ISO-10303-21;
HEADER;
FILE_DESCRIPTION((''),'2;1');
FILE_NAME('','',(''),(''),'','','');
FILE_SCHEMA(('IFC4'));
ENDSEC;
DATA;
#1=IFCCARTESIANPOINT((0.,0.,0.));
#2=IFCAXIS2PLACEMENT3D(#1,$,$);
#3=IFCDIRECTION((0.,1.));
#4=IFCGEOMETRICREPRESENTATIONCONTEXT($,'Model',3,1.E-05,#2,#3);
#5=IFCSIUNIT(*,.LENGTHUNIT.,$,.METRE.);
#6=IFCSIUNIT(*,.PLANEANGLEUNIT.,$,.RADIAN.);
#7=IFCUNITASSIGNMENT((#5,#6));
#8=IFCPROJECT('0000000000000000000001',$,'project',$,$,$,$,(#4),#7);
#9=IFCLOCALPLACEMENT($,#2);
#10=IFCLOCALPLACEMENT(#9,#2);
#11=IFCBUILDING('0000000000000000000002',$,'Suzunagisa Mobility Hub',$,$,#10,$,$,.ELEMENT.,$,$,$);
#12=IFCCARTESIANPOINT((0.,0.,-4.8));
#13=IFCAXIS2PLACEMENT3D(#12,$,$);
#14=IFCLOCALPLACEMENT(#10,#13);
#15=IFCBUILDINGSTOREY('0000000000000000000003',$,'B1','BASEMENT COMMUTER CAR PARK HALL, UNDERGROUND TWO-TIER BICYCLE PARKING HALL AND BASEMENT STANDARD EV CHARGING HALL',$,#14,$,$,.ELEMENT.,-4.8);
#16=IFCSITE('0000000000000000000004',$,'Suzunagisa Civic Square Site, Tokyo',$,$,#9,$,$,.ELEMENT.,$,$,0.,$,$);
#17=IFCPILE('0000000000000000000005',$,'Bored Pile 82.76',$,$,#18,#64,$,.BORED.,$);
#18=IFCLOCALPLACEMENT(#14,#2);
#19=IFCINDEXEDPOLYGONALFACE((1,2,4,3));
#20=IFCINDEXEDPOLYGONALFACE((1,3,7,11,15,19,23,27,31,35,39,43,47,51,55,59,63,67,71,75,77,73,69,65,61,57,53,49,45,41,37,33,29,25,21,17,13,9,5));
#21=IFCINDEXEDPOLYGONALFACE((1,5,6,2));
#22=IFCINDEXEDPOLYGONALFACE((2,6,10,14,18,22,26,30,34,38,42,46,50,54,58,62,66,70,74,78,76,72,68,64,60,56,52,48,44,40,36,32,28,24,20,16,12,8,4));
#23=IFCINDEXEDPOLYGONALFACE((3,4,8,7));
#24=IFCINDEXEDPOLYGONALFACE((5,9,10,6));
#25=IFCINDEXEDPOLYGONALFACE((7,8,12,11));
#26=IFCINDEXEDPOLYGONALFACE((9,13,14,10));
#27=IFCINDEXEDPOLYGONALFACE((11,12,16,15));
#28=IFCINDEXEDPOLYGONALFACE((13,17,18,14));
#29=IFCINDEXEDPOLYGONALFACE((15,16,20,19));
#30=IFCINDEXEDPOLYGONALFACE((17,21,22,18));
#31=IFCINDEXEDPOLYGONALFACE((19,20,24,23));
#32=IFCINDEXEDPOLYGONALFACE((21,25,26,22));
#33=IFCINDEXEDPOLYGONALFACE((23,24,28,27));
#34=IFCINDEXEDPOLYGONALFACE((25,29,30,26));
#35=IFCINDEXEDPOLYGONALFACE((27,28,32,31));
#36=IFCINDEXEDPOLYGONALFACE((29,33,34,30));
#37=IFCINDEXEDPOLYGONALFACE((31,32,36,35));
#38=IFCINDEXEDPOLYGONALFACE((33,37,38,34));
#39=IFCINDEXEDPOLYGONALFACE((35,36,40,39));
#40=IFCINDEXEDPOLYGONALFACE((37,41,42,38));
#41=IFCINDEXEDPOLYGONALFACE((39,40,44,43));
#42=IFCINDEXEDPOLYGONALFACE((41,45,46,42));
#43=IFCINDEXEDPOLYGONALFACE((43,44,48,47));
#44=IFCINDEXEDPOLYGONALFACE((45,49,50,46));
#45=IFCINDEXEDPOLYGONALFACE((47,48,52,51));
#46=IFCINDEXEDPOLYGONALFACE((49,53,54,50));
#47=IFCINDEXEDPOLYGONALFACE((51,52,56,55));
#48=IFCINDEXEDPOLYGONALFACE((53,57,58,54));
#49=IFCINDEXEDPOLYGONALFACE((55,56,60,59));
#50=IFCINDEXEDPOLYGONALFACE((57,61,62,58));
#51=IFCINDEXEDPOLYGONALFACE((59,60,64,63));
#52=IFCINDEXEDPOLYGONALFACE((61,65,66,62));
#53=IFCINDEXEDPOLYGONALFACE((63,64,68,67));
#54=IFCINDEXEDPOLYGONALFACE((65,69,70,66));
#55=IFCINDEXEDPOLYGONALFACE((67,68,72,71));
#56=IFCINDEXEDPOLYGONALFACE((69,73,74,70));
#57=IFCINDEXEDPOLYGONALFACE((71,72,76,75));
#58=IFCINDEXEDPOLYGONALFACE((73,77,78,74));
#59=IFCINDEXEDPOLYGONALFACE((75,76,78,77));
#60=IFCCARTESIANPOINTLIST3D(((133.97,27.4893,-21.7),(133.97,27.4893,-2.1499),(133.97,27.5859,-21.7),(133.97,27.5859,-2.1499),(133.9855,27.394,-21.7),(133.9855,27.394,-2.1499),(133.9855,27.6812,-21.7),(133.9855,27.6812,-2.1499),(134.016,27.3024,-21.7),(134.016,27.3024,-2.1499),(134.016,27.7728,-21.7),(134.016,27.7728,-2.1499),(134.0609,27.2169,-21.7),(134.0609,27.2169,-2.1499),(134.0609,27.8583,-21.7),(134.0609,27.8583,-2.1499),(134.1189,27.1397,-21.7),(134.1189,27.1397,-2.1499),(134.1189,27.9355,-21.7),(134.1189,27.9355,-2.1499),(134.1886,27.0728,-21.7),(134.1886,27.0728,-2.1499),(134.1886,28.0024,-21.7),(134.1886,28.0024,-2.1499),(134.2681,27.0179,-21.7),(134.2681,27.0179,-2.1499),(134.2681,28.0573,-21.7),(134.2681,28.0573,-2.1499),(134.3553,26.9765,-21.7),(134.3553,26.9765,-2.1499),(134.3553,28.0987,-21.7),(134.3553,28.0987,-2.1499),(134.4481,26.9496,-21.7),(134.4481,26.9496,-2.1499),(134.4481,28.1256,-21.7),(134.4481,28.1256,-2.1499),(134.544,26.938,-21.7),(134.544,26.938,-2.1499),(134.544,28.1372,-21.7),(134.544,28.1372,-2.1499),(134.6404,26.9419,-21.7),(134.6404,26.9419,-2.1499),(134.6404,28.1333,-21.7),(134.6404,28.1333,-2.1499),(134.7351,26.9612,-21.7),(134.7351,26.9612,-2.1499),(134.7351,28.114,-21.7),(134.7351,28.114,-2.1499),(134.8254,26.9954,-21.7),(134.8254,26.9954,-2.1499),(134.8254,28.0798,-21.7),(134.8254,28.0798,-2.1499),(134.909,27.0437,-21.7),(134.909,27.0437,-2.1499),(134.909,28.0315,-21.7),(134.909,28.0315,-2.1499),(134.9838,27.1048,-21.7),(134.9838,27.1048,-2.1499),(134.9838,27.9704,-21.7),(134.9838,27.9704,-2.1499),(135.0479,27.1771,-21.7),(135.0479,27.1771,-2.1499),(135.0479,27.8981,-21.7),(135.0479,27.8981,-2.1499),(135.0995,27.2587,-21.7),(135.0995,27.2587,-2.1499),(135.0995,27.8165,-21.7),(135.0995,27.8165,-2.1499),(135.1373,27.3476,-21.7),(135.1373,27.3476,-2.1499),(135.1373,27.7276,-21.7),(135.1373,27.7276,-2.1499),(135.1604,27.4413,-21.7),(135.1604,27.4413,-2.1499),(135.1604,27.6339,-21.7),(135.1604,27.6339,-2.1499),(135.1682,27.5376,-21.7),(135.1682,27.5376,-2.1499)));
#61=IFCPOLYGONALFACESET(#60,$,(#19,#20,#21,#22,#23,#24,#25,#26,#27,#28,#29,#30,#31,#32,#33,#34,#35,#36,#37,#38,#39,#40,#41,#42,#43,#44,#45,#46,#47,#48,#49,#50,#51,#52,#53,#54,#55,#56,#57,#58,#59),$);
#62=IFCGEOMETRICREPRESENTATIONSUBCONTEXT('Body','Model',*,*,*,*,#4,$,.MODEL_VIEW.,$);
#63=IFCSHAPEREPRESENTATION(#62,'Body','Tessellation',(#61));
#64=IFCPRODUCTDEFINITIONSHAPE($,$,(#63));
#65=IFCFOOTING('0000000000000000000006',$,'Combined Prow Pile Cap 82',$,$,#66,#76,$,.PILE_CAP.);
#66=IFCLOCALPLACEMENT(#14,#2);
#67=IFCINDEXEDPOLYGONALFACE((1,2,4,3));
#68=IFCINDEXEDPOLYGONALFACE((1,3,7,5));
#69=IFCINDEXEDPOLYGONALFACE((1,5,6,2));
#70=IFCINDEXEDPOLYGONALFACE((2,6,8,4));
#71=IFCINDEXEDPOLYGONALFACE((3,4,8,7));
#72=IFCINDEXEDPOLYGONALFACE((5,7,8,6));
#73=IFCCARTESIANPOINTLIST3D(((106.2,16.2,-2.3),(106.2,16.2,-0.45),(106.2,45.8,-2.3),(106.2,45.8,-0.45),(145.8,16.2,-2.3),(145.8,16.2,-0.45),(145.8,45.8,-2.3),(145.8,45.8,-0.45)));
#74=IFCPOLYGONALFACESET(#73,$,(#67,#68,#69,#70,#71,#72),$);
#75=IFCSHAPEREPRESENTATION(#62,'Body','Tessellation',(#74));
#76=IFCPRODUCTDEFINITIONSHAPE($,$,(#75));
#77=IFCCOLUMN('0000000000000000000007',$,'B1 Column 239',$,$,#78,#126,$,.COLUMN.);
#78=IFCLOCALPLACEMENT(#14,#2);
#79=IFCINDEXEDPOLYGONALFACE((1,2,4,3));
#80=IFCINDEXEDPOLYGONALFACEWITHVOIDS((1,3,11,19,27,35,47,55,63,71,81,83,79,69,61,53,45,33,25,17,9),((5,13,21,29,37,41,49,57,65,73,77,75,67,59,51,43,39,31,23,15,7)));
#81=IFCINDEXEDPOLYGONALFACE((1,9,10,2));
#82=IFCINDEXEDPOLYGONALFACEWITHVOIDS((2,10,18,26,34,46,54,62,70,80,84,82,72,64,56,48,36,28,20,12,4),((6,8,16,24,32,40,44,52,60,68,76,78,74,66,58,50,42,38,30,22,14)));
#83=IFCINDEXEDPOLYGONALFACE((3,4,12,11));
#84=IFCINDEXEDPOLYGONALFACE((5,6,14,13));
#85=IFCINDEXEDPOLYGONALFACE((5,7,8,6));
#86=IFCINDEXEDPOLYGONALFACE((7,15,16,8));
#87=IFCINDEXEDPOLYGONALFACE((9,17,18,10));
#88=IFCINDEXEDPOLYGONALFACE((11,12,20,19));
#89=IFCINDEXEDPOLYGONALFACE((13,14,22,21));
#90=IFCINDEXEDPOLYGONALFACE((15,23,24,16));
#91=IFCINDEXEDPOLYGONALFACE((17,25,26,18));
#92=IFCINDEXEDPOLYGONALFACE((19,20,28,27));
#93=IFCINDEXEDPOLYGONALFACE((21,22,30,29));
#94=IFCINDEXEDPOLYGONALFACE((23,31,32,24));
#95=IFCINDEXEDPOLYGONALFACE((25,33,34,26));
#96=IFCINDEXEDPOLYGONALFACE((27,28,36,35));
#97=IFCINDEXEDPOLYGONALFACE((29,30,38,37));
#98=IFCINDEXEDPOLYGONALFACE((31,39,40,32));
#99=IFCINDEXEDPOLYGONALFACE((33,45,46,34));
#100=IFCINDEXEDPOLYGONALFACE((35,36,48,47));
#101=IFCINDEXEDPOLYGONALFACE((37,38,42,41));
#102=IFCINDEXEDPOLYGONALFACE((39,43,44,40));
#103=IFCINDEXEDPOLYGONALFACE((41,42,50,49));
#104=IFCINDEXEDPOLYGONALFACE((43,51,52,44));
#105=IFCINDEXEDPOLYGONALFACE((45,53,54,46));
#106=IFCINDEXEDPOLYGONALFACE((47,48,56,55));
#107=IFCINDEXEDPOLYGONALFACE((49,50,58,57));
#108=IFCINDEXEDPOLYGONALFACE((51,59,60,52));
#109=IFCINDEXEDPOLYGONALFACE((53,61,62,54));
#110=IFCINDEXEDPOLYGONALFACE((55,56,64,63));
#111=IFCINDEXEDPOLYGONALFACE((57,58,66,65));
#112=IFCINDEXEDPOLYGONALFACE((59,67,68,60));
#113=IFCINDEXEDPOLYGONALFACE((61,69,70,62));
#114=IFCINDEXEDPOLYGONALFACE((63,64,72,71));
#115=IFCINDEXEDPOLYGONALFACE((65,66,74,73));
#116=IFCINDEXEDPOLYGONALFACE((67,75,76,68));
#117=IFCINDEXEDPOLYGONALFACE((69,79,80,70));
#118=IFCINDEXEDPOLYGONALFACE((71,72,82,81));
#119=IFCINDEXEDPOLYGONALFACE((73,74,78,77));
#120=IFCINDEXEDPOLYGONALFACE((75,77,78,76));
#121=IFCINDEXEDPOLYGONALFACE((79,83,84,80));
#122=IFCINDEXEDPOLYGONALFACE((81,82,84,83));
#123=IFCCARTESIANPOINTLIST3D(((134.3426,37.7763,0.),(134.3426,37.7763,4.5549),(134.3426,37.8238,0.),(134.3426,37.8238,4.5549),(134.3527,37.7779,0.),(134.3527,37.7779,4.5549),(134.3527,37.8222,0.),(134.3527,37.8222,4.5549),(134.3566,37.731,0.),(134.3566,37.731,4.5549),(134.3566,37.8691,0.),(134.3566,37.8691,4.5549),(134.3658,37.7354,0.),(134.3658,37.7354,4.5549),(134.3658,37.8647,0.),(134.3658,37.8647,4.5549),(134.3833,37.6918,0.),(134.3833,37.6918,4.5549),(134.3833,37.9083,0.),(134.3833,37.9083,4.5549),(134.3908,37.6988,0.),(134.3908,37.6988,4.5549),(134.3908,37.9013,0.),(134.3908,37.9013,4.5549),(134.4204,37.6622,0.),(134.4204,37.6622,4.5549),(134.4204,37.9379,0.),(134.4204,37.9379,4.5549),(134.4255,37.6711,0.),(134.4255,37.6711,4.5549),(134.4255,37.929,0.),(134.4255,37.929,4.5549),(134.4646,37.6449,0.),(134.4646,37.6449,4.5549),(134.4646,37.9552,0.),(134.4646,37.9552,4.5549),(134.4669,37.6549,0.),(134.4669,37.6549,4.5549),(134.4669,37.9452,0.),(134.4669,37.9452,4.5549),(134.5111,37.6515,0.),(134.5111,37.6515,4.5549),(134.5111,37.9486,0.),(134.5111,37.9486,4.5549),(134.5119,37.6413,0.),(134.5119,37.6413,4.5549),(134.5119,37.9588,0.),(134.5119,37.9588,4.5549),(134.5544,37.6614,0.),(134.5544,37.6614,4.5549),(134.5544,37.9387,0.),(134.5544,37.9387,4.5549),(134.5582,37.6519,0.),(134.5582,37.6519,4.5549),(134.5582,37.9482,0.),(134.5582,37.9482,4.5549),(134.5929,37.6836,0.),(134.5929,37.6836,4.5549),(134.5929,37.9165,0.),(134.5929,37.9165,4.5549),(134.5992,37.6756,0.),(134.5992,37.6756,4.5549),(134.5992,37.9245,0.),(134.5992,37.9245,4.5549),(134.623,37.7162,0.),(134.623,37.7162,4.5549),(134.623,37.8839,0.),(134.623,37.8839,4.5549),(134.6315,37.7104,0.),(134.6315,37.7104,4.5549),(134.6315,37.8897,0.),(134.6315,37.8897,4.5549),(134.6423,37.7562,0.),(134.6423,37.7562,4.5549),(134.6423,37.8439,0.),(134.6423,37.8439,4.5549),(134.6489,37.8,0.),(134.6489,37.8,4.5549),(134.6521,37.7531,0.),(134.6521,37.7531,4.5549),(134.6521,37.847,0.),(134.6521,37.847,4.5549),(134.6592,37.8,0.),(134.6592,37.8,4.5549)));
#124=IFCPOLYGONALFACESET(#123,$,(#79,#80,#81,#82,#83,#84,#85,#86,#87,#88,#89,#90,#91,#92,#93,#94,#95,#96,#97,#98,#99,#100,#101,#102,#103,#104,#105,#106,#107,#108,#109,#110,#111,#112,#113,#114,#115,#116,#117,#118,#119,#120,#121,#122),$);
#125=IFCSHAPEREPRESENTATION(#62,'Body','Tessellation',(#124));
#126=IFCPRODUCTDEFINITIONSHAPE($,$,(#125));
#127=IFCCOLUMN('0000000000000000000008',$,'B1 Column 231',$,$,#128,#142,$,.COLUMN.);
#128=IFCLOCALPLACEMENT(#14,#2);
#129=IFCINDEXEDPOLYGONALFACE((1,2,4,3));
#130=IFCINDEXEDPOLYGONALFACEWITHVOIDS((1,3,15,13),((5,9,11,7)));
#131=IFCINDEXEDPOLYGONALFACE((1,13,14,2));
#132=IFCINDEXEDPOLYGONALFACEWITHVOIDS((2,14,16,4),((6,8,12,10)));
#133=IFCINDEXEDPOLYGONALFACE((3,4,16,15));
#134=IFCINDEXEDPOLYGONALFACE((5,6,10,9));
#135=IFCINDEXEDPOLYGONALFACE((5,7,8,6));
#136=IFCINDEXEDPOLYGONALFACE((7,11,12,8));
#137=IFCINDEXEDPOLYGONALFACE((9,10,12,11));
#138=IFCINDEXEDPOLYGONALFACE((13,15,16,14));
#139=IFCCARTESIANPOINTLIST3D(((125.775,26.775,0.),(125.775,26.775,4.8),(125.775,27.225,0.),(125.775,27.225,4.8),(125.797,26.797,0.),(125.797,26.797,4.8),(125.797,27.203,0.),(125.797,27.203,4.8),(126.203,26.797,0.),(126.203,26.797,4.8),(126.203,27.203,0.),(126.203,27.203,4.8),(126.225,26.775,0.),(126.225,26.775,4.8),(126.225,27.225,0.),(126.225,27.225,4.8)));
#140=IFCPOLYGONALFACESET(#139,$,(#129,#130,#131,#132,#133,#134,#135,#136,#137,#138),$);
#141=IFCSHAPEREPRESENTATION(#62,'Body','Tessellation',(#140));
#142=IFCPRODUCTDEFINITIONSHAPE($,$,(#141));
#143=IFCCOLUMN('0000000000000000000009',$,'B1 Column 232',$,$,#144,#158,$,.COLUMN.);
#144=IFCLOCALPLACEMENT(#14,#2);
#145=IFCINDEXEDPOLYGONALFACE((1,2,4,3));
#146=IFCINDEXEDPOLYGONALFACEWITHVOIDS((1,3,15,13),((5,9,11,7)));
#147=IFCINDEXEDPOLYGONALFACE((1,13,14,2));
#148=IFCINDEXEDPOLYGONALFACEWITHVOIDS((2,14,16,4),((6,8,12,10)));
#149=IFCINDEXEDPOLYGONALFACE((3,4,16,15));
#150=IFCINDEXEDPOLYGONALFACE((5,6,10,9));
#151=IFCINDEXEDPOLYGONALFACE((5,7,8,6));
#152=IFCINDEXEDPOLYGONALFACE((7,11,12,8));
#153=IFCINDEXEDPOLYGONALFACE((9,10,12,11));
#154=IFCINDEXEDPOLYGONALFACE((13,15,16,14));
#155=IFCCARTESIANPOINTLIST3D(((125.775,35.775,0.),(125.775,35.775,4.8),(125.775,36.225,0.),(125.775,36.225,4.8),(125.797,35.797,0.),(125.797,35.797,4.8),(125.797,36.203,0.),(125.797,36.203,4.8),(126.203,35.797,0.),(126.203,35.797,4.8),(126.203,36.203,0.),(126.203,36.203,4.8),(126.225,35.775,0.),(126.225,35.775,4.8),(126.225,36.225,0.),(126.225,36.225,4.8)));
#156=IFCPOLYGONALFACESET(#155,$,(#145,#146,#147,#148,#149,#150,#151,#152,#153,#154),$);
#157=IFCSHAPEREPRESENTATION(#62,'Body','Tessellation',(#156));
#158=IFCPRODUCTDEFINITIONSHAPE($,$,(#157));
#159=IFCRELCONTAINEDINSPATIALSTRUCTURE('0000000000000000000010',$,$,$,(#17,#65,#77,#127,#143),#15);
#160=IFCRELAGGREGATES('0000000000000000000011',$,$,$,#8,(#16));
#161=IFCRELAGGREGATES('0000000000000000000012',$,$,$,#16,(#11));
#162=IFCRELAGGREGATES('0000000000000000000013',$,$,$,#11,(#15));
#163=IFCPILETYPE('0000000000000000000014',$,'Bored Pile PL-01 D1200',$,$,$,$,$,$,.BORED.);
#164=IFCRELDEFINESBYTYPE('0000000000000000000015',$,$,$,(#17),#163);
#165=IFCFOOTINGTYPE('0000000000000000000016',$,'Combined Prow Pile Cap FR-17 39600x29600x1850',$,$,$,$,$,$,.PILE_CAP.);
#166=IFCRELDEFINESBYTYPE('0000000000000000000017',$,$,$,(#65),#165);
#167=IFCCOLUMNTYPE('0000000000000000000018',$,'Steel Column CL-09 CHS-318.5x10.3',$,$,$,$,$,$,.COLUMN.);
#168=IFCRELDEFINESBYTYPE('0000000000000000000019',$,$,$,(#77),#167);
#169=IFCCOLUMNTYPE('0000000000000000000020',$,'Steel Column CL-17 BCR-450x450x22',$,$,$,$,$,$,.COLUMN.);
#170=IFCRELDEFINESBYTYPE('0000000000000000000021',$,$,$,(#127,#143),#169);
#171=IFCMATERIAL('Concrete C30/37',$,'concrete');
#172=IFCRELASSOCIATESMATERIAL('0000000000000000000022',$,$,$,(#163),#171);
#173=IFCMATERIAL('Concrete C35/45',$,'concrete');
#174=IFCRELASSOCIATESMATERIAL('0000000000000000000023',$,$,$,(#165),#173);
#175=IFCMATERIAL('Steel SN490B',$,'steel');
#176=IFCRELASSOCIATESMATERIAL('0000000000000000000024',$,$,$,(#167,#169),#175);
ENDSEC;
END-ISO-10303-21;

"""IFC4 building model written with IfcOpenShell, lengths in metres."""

from ifc_helpers import new_model, si_unit, direction, frame, origin, origin_2d, place, context, subcontext, project, spatial, rectangle, hollow_rectangle, circle, hollow_circle, extrude, material, material_profile, profile_set, type_object, element, save


model = new_model("IFC4")

# Units and contexts
model_context = context("Model", 3, precision=1e-05, world=origin(), true_north=direction((0.0, 1.0)))
body_context = subcontext(model_context, "Body", "Model", "MODEL_VIEW")
ifc_project = project(units=[si_unit("LENGTHUNIT", "METRE"), si_unit("PLANEANGLEUNIT", "RADIAN")], contexts=[model_context])

# Site, building, storey
site_placement = place(None, origin())
site = spatial("IfcSite", under=ifc_project, at=site_placement, Name="Suzunagisa Civic Square Site, Tokyo", CompositionType="ELEMENT", RefElevation=0.0)
building_placement = place(site_placement, origin())
building = spatial("IfcBuilding", under=site, at=building_placement, Name="Suzunagisa Mobility Hub", CompositionType="ELEMENT")
storey_placement = place(building_placement, frame((0.0, 0.0, -4.8)))
storey = spatial("IfcBuildingStorey", under=building, at=storey_placement, Name="B1", Description="BASEMENT COMMUTER CAR PARK HALL, UNDERGROUND TWO-TIER BICYCLE PARKING HALL AND BASEMENT STANDARD EV CHARGING HALL", CompositionType="ELEMENT", Elevation=-4.8)

# Pile
ifc_material_1 = material(Name="Concrete C30/37", Category="concrete")
ifc_material_profile_1 = material_profile(ifc_material_1, circle(Radius=0.6001, at=origin_2d()), Name="BORED PILE D1200")
ifc_profile_set_1 = profile_set([ifc_material_profile_1], Name="Concrete C30/37")
pile_type = type_object("IfcPileType", Name="Bored Pile PL-01 D1200", PredefinedType="BORED", material=ifc_profile_set_1)
for number, where, z_axis, x_axis, name in (
    (1, (134.5681, 27.5376, -2.1499), (0.0, 0.0, -1.0), (1.0, 0.0, 0.0), "Bored Pile 82.76"),
):
    element("IfcPile", number, at=place(storey_placement, frame(where, z_axis=z_axis, x_axis=x_axis)), inside=storey, type_object=pile_type, Name=name, PredefinedType="BORED", context=body_context, shape_type="SweptSolid", body=[
        extrude(circle(Radius=0.6001, at=origin_2d()), origin(), (0.0, 0.0, 1.0), 19.55),
    ])

# Footing
ifc_material_2 = material(Name="Concrete C35/45", Category="concrete")
footing_type = type_object("IfcFootingType", Name="Combined Prow Pile Cap FR-17 39600x29600x1850", PredefinedType="PILE_CAP", material=ifc_material_2)
footing_placement = place(storey_placement, frame((126.0, 31.0, -2.3), z_axis=(0.0, 0.0, 1.0), x_axis=(1.0, 0.0, 0.0)))
element("IfcFooting", 2, at=footing_placement, inside=storey, type_object=footing_type, Name="Combined Prow Pile Cap 82", PredefinedType="PILE_CAP", context=body_context, shape_type="SweptSolid", body=[
    extrude(rectangle(XDim=39.6001, YDim=29.6001, at=origin_2d()), origin(), (0.0, 0.0, 1.0), 1.8501),
])

# Columns
ifc_material_3 = material(Name="Steel SN490B", Category="steel")
ifc_material_profile_2 = material_profile(ifc_material_3, hollow_circle(Radius=0.1592, WallThickness=0.0103, at=origin_2d()), Name="CHS-318.5x10.3")
ifc_profile_set_2 = profile_set([ifc_material_profile_2], Name="Steel SN490B")
column_type_1 = type_object("IfcColumnType", Name="Steel Column CL-09 CHS-318.5x10.3", PredefinedType="COLUMN", material=ifc_profile_set_2)
column_placement = place(storey_placement, frame((134.5, 37.8, 0.0), z_axis=(0.0, 0.0, 1.0), x_axis=(1.0, 0.0, 0.0)))
element("IfcColumn", 3, at=column_placement, inside=storey, type_object=column_type_1, Name="B1 Column 239", PredefinedType="COLUMN", context=body_context, shape_type="SweptSolid", body=[
    extrude(hollow_circle(Radius=0.1592, WallThickness=0.0103, at=origin_2d()), origin(), (0.0, 0.0, 1.0), 4.5549),
])
ifc_material_profile_3 = material_profile(ifc_material_3, hollow_rectangle(XDim=0.45, YDim=0.45, WallThickness=0.022, at=origin_2d()), Name="BCR-450x450x22")
ifc_profile_set_3 = profile_set([ifc_material_profile_3], Name="Steel SN490B")
column_type_2 = type_object("IfcColumnType", Name="Steel Column CL-17 BCR-450x450x22", PredefinedType="COLUMN", material=ifc_profile_set_3)
for number, where, z_axis, x_axis, name in (
    (4, (126.0, 27.0, 0.0), (0.0, 0.0, 1.0), (1.0, 0.0, 0.0), "B1 Column 231"),
    (5, (126.0, 36.0, 0.0), (0.0, 0.0, 1.0), (1.0, 0.0, 0.0), "B1 Column 232"),
):
    element("IfcColumn", number, at=place(storey_placement, frame(where, z_axis=z_axis, x_axis=x_axis)), inside=storey, type_object=column_type_2, Name=name, PredefinedType="COLUMN", context=body_context, shape_type="SweptSolid", body=[
        extrude(hollow_rectangle(XDim=0.45, YDim=0.45, WallThickness=0.022, at=origin_2d()), origin(), (0.0, 0.0, 1.0), 4.8),
    ])

save(model, "model.ifc")
